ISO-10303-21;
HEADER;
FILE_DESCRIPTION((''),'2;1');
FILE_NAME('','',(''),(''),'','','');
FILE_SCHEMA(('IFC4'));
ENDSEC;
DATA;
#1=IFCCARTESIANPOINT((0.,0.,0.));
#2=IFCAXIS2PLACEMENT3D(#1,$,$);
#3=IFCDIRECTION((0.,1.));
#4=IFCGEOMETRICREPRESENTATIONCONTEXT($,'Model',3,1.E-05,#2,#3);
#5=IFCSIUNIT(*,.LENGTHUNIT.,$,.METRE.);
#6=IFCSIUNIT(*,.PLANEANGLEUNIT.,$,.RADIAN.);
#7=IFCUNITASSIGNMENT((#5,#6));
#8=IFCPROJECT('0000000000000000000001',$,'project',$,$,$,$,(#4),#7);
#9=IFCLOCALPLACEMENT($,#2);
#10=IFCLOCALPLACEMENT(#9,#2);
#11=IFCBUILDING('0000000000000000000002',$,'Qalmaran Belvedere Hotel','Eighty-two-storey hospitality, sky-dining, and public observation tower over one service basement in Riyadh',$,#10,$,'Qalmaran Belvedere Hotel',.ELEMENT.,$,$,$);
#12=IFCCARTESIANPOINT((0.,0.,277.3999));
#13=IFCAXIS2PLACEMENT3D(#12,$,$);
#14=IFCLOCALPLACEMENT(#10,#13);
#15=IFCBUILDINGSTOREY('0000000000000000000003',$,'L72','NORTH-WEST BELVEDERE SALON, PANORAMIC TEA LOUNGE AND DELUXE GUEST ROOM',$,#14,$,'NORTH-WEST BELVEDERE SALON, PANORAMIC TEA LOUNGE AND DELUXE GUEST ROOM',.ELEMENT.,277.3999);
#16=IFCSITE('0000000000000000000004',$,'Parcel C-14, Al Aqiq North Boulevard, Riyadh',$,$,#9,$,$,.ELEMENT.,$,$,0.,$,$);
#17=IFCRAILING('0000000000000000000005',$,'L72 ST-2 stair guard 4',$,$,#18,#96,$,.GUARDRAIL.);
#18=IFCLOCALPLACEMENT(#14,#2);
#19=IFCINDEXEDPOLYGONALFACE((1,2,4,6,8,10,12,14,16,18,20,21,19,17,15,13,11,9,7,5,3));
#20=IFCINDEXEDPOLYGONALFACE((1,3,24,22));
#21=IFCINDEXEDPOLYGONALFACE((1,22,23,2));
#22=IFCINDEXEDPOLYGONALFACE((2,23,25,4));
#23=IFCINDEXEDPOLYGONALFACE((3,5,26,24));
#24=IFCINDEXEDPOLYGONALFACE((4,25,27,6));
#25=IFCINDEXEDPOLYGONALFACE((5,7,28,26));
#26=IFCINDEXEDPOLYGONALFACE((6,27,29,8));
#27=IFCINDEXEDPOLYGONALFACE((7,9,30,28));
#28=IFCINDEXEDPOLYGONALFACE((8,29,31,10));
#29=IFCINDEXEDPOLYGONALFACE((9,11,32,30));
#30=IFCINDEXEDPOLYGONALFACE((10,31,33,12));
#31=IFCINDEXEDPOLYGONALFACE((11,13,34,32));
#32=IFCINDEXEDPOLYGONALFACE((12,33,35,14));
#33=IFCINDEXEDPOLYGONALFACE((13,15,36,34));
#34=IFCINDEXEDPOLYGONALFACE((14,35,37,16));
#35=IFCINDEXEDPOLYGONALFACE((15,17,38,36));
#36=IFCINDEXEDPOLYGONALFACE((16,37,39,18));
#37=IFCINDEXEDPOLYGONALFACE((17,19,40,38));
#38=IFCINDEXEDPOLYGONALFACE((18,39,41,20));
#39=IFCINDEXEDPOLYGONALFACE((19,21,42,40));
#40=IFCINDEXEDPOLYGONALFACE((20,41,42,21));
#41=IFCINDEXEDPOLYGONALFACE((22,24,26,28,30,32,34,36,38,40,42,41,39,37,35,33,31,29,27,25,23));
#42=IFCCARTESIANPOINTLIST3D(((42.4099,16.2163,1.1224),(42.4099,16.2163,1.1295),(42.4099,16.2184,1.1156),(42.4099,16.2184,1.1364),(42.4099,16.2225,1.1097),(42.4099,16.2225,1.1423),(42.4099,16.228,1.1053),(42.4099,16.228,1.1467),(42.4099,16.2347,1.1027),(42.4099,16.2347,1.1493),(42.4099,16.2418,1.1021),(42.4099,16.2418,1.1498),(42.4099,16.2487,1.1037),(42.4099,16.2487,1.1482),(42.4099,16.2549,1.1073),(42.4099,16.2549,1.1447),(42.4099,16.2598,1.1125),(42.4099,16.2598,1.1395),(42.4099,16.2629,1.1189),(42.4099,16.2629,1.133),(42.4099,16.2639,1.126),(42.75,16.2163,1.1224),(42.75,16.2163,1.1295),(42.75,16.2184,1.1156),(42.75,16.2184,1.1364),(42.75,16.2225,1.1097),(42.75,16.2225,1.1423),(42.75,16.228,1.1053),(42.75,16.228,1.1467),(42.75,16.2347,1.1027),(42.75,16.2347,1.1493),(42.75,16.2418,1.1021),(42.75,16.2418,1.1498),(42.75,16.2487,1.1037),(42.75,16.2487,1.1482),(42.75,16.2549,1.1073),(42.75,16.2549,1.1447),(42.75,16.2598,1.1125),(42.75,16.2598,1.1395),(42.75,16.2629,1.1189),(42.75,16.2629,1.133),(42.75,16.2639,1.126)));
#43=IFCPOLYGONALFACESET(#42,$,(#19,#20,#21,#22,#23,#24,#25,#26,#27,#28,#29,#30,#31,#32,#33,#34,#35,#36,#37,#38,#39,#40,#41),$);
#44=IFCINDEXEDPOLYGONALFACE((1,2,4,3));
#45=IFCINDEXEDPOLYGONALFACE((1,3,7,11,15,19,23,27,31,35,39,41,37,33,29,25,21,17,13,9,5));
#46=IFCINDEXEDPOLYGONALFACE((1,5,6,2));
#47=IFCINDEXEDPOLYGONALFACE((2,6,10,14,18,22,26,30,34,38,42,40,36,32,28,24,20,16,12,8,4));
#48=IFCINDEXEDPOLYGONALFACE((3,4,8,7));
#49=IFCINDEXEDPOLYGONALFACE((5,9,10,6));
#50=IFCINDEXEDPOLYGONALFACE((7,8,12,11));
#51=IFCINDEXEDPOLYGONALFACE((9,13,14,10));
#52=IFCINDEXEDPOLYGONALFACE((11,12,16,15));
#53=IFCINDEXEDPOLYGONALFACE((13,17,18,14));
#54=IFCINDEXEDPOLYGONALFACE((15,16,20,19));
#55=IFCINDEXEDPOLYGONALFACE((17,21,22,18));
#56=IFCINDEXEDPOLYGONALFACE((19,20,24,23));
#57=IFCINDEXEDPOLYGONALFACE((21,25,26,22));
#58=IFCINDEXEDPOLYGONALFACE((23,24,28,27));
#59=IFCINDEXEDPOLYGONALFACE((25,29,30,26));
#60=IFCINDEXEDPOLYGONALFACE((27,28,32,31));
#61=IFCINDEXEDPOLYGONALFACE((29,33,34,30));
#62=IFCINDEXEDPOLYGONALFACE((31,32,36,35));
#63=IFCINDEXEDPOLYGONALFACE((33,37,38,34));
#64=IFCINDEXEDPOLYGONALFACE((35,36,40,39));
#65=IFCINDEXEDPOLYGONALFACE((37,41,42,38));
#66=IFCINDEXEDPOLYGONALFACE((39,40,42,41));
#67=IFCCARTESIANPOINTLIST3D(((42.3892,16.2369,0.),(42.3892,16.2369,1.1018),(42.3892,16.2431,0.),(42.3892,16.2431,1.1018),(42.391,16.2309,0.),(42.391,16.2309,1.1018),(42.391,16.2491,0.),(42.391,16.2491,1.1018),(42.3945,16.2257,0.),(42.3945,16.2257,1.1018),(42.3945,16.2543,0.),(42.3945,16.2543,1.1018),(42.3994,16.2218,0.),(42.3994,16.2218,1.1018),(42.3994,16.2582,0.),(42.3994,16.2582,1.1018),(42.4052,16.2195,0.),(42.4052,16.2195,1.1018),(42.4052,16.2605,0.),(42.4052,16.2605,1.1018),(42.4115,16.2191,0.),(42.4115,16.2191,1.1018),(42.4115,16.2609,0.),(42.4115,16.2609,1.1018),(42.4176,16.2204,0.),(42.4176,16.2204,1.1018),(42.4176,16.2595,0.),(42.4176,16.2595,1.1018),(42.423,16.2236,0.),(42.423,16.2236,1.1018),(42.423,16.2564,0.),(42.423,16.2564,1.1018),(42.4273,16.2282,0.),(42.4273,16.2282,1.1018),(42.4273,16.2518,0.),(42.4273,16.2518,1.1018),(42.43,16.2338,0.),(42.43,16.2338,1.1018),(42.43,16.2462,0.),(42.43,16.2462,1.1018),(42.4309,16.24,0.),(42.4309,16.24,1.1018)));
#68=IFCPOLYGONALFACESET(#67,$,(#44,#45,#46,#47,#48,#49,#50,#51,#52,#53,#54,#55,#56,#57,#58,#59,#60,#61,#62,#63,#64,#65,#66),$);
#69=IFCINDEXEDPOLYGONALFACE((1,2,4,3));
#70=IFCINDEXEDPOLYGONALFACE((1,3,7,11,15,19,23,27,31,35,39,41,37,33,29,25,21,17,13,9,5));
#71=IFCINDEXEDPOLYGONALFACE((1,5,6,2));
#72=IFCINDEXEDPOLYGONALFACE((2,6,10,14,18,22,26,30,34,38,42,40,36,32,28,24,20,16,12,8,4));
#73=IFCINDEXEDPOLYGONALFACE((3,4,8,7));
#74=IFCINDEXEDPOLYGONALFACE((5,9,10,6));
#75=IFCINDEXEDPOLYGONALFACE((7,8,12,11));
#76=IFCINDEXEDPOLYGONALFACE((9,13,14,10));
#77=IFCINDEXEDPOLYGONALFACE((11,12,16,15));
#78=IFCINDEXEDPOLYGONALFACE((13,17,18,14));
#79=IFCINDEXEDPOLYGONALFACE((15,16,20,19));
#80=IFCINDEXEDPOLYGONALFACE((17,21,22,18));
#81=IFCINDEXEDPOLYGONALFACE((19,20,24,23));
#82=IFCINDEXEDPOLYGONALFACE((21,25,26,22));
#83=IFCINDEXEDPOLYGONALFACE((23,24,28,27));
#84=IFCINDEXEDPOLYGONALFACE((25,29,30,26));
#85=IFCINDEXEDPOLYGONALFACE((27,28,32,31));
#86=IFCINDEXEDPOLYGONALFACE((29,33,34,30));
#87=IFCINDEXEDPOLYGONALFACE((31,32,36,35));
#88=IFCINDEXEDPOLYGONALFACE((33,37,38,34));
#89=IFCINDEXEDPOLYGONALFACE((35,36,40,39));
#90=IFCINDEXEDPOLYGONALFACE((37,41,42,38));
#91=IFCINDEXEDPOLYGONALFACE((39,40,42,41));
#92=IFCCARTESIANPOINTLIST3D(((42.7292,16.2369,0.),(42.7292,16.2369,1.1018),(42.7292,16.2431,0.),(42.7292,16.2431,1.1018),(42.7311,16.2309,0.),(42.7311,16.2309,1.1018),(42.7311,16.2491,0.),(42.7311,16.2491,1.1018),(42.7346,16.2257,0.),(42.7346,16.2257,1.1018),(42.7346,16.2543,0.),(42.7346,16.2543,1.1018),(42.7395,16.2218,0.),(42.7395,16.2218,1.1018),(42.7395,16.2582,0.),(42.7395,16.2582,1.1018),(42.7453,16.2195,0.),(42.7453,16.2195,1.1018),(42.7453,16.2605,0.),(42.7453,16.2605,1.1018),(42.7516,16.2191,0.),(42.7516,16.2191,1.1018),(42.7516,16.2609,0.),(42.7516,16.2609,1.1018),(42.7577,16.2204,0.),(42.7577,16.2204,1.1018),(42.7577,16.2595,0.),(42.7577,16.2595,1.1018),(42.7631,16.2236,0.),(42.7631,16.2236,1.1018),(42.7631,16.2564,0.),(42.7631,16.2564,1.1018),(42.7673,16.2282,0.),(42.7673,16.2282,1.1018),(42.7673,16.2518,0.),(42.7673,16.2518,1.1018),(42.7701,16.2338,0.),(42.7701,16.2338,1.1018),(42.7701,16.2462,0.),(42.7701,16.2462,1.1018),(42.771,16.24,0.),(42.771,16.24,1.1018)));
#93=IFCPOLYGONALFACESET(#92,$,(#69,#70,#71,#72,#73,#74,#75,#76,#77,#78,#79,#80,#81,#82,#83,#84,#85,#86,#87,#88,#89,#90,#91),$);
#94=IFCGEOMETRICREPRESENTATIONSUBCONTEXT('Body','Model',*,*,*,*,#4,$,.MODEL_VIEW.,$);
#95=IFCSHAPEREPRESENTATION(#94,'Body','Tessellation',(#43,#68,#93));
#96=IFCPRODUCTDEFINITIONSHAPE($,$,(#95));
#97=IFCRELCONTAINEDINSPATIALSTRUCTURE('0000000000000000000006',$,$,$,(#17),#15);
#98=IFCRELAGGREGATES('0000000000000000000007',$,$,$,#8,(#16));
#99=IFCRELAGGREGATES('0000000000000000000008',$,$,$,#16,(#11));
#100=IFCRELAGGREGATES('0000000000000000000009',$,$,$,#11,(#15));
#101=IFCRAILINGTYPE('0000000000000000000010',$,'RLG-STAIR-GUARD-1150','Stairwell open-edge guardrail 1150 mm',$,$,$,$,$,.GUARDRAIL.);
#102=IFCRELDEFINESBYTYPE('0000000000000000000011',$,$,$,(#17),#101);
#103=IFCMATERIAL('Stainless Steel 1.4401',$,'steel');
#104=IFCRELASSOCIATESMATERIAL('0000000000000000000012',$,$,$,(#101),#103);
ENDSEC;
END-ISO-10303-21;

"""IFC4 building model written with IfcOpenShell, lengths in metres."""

from ifc_helpers import new_model, si_unit, direction, frame, origin, origin_2d, place, context, subcontext, project, spatial, circle, extrude, material, type_object, element, save


model = new_model("IFC4")

# Units and contexts
model_context = context("Model", 3, precision=1e-05, world=origin(), true_north=direction((0.0, 1.0)))
body_context = subcontext(model_context, "Body", "Model", "MODEL_VIEW")
ifc_project = project(units=[si_unit("LENGTHUNIT", "METRE"), si_unit("PLANEANGLEUNIT", "RADIAN")], contexts=[model_context])

# Site, building, storey
site_placement = place(None, origin())
site = spatial("IfcSite", under=ifc_project, at=site_placement, Name="Parcel C-14, Al Aqiq North Boulevard, Riyadh", CompositionType="ELEMENT", RefElevation=0.0)
building_placement = place(site_placement, origin())
building = spatial("IfcBuilding", under=site, at=building_placement, Name="Qalmaran Belvedere Hotel", Description="Eighty-two-storey hospitality, sky-dining, and public observation tower over one service basement in Riyadh", LongName="Qalmaran Belvedere Hotel", CompositionType="ELEMENT")
storey_placement = place(building_placement, frame((0.0, 0.0, 277.3999)))
storey = spatial("IfcBuildingStorey", under=building, at=storey_placement, Name="L72", Description="NORTH-WEST BELVEDERE SALON, PANORAMIC TEA LOUNGE AND DELUXE GUEST ROOM", LongName="NORTH-WEST BELVEDERE SALON, PANORAMIC TEA LOUNGE AND DELUXE GUEST ROOM", CompositionType="ELEMENT", Elevation=277.3999)

# Railing
ifc_material_1 = material(Name="Stainless Steel 1.4401", Category="steel")
railing_type_1 = type_object("IfcRailingType", Name="RLG-STAIR-GUARD-1150", Description="Stairwell open-edge guardrail 1150 mm", PredefinedType="GUARDRAIL", material=ifc_material_1)
railing_1_placement = place(storey_placement, frame((42.4099, 16.24, 0.0)))
element("IfcRailing", 1, at=railing_1_placement, inside=storey, type_object=railing_type_1, Name="L72 ST-2 stair guard 4", PredefinedType="GUARDRAIL", context=body_context, shape_type="SweptSolid", body=[
    extrude(circle(Radius=0.0239, at=origin_2d()), frame((0.0, 0.0, 1.126), z_axis=(1.0, 0.0, 0.0), x_axis=(0.0, 1.0, 0.0)), (0.0, 0.0, 1.0), 0.3401),
    extrude(circle(Radius=0.021, at=origin_2d()), origin(), (0.0, 0.0, 1.0), 1.1018),
    extrude(circle(Radius=0.021, at=origin_2d()), frame((0.3401, 0.0, 0.0)), (0.0, 0.0, 1.0), 1.1018),
])

save(model, "model.ifc")
